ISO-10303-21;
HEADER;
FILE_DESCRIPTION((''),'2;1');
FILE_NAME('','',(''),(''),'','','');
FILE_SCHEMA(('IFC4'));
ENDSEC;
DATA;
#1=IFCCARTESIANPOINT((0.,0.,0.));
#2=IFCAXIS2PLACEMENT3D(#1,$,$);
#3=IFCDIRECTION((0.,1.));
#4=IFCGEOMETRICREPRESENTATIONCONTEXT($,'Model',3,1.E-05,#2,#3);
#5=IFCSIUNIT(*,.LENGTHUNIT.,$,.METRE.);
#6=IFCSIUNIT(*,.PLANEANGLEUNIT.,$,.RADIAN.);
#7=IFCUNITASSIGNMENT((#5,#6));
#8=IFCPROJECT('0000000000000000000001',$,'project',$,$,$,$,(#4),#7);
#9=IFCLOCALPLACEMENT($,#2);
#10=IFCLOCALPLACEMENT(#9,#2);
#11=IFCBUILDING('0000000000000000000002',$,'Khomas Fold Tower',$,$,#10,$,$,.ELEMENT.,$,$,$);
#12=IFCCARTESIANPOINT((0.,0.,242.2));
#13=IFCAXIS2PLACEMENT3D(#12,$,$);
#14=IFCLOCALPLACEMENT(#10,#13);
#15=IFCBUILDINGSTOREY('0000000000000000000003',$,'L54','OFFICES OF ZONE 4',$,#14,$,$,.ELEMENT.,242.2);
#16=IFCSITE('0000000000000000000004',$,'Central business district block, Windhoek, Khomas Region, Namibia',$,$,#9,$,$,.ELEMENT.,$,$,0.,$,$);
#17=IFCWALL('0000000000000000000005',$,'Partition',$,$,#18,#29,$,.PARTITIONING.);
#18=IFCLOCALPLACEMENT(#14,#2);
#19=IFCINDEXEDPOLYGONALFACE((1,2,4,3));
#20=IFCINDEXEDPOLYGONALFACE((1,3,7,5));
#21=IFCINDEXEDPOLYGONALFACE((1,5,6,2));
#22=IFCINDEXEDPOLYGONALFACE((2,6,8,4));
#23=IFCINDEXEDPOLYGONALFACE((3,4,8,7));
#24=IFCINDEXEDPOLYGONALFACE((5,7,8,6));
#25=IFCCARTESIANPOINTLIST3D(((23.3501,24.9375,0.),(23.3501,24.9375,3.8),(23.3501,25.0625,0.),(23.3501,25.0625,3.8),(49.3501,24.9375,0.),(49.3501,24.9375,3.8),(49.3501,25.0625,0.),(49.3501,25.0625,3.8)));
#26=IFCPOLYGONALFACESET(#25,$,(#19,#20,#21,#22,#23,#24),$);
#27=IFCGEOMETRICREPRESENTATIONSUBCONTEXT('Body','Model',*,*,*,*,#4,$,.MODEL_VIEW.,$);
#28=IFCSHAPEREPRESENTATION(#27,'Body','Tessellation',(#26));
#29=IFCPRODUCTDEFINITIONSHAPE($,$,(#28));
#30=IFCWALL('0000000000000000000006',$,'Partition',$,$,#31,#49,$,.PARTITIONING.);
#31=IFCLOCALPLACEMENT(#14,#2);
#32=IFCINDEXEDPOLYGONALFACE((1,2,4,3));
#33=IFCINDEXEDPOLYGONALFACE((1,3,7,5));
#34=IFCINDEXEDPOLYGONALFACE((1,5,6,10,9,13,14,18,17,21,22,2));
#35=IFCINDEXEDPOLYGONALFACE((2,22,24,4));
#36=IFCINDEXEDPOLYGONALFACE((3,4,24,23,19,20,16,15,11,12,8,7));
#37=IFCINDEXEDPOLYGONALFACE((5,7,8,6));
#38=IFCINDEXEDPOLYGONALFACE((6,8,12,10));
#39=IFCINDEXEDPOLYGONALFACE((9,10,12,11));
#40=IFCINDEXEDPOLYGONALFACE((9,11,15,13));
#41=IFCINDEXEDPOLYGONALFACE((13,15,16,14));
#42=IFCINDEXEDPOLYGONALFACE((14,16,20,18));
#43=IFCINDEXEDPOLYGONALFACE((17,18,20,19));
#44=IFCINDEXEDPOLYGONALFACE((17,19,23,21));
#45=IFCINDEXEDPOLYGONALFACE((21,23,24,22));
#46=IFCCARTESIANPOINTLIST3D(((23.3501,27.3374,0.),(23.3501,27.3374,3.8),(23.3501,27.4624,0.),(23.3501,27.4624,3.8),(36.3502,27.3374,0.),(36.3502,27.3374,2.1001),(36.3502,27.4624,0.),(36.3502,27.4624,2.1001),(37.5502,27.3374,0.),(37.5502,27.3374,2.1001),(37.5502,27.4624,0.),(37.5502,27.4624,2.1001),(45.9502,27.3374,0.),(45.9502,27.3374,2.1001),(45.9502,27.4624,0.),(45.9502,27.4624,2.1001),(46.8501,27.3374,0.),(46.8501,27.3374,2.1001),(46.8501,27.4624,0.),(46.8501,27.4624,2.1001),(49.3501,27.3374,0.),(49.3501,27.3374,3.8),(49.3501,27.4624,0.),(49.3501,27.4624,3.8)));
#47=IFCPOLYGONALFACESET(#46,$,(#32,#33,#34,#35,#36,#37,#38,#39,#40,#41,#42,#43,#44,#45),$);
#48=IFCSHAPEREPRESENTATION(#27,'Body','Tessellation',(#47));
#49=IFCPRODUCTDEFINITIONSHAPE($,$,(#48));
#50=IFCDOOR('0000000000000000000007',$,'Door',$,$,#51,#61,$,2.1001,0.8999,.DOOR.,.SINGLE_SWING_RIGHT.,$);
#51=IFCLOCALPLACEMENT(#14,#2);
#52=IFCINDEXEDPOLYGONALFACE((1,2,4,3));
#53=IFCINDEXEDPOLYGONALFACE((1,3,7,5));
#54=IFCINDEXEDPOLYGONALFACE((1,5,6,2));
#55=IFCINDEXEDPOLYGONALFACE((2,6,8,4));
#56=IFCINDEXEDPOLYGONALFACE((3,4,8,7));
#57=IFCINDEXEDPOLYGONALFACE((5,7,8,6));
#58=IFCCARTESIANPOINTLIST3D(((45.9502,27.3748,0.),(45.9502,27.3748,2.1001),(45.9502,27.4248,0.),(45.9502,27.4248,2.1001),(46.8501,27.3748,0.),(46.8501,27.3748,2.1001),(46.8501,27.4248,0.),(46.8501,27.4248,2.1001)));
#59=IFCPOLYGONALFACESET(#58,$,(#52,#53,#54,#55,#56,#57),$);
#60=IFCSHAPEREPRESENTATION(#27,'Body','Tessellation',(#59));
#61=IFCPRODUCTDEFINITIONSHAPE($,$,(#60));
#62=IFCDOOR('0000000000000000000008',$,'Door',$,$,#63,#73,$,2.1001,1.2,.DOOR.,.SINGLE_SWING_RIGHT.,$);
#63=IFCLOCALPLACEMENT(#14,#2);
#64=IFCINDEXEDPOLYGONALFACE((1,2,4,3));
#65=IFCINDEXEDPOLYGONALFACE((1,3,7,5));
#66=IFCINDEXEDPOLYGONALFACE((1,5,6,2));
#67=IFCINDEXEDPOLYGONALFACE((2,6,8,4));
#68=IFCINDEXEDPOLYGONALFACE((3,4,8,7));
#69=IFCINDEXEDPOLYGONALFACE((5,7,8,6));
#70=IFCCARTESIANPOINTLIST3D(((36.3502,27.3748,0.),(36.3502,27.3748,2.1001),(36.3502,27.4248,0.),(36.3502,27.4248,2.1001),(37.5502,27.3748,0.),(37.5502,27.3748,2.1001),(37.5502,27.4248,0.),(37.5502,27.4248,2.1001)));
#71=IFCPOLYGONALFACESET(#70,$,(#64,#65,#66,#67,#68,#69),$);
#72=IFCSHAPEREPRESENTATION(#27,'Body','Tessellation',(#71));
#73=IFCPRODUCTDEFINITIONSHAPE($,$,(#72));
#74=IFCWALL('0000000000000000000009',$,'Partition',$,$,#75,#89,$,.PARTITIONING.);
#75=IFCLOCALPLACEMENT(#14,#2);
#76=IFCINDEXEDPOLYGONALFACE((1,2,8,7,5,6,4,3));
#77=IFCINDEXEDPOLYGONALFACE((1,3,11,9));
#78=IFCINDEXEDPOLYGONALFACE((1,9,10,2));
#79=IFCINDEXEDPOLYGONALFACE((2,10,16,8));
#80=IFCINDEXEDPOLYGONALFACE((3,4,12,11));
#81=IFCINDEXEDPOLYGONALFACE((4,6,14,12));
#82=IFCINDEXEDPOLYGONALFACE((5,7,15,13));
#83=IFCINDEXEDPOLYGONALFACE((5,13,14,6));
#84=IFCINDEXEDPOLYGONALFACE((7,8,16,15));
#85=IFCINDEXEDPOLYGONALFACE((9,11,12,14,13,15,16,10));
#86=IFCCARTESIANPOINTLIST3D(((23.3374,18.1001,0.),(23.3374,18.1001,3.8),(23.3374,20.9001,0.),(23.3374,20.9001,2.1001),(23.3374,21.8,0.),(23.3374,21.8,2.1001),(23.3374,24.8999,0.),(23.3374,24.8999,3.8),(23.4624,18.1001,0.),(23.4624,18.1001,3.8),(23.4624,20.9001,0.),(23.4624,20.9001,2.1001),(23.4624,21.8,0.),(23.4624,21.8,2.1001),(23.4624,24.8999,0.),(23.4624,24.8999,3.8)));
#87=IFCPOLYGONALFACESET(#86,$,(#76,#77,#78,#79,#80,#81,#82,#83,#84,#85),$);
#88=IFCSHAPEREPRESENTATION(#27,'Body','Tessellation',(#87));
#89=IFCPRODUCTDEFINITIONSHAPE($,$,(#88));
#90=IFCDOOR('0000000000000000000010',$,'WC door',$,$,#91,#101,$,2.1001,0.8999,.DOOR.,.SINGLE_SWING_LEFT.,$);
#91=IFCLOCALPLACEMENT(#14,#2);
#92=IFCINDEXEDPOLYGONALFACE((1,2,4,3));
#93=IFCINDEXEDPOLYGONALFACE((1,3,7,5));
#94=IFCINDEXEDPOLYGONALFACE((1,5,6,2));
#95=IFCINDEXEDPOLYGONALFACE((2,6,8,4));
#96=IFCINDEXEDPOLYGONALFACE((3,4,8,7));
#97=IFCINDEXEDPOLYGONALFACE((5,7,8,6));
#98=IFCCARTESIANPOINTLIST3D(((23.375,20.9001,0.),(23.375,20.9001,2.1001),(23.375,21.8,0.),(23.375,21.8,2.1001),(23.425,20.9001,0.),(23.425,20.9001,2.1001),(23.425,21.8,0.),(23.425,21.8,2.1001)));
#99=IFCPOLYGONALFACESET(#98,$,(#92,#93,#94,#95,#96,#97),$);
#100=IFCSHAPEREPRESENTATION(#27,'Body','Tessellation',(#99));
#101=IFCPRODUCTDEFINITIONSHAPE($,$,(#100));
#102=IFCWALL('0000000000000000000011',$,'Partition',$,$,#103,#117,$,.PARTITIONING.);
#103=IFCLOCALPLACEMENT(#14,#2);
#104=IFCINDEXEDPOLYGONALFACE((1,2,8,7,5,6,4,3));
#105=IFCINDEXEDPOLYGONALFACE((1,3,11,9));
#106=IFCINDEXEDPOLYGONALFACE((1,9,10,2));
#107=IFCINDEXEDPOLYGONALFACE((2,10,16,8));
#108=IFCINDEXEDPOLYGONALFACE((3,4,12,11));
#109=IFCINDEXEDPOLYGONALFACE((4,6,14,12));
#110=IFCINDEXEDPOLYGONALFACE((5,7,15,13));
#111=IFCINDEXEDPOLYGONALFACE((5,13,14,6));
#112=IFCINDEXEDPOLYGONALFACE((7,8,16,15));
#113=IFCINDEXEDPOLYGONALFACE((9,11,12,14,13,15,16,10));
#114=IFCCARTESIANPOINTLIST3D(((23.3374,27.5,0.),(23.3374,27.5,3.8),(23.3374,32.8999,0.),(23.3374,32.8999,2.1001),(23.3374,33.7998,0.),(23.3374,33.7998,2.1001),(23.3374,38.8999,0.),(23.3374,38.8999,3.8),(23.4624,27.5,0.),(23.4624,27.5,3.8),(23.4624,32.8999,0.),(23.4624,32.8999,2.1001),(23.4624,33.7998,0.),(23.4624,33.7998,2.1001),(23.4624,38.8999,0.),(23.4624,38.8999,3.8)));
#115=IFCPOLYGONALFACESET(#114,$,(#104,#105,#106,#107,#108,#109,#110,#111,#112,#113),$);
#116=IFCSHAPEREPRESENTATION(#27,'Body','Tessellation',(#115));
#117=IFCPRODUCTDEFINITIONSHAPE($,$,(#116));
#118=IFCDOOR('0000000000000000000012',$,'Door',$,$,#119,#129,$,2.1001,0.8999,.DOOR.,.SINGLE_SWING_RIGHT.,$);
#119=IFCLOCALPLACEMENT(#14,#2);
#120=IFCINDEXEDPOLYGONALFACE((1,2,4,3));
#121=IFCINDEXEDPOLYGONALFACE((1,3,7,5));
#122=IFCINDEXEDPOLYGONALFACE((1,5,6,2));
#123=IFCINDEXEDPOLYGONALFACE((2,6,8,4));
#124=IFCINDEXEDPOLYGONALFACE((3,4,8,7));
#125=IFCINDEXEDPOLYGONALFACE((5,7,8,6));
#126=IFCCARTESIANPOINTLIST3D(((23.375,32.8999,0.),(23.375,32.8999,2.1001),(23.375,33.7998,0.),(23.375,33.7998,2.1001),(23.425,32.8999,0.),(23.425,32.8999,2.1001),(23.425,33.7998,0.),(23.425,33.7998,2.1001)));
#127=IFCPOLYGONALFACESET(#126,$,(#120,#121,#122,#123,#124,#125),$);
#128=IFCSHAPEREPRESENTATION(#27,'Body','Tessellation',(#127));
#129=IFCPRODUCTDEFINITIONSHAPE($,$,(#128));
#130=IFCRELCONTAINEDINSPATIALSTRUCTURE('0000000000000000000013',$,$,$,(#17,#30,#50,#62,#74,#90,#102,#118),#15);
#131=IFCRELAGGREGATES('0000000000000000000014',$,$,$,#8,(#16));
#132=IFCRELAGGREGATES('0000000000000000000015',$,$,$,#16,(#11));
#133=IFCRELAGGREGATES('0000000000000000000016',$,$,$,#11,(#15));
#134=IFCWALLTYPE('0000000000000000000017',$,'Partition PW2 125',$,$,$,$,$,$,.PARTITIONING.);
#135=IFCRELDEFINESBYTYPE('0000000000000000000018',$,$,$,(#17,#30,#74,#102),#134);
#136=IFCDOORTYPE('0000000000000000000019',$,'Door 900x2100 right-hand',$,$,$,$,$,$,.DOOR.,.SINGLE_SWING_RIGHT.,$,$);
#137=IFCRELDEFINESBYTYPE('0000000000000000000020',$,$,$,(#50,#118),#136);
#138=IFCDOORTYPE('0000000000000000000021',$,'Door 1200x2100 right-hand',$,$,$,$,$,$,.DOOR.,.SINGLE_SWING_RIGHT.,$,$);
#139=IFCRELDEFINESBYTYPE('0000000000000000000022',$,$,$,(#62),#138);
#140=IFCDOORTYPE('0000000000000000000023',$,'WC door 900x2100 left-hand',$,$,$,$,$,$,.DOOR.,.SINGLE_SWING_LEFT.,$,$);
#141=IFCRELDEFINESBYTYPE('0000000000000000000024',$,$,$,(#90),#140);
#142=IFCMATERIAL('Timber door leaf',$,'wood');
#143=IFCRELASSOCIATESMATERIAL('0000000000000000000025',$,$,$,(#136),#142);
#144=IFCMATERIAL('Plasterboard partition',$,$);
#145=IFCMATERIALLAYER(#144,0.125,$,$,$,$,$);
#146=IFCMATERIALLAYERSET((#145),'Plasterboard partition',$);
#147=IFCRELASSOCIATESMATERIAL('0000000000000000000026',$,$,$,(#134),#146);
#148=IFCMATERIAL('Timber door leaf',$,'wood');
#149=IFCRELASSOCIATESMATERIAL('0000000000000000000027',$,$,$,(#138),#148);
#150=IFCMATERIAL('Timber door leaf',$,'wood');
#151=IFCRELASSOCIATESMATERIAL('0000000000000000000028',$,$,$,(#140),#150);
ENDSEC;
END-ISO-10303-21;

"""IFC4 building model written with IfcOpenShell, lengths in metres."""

from ifc_helpers import new_model, si_unit, direction, frame, frame_2d, origin, place, context, subcontext, project, spatial, rectangle, extrude, source, transform, mapped, material, layer, layer_set, type_object, element, fill, save


model = new_model("IFC4")

# Units and contexts
model_context = context("Model", 3, precision=1e-05, world=origin(), true_north=direction((0.0, 1.0)))
body_context = subcontext(model_context, "Body", "Model", "MODEL_VIEW")
ifc_project = project(units=[si_unit("LENGTHUNIT", "METRE"), si_unit("PLANEANGLEUNIT", "RADIAN")], contexts=[model_context])

# Site, building, storey
site_placement = place(None, origin())
site = spatial("IfcSite", under=ifc_project, at=site_placement, Name="Central business district block, Windhoek, Khomas Region, Namibia", CompositionType="ELEMENT", RefElevation=0.0)
building_placement = place(site_placement, origin())
building = spatial("IfcBuilding", under=site, at=building_placement, Name="Khomas Fold Tower", CompositionType="ELEMENT")
storey_placement = place(building_placement, frame((0.0, 0.0, 242.2)))
storey = spatial("IfcBuildingStorey", under=building, at=storey_placement, Name="L54", Description="OFFICES OF ZONE 4", CompositionType="ELEMENT", Elevation=242.2)

# Shared definitions
ifc_material_1 = material(Name="Timber door leaf", Category="wood")
door_type_1 = type_object("IfcDoorType", Name="Door 900x2100 right-hand", OperationType="SINGLE_SWING_RIGHT", PredefinedType="DOOR", material=ifc_material_1)
ifc_material_2 = material(Name="Plasterboard partition")
ifc_layer_1 = layer(ifc_material_2, 0.125)
ifc_layer_set_1 = layer_set([ifc_layer_1], Name="Plasterboard partition")
wall_type_1 = type_object("IfcWallType", Name="Partition PW2 125", PredefinedType="PARTITIONING", material=ifc_layer_set_1)
shared_shape_1 = source(origin(), body_context, "Body", "SweptSolid", [
    extrude(rectangle(XDim=26.0, YDim=0.125, at=frame_2d((13.0, 0.0))), origin(), (0.0, 0.0, 1.0), 3.8),
])
shared_shape_2 = source(origin(), body_context, "Body", "SweptSolid", [
    extrude(rectangle(XDim=1.2, YDim=2.1001, at=frame_2d((0.6001, 1.05))), frame((0.0, 0.0725, 0.0), z_axis=(0.0, -1.0, 0.0), x_axis=(1.0, 0.0, 0.0)), (0.0, 0.0, 1.0), 0.145),
])
shared_shape_3 = source(origin(), body_context, "Body", "SweptSolid", [
    extrude(rectangle(XDim=0.8999, YDim=2.1001, at=frame_2d((0.45, 1.05))), frame((0.0, 0.0725, 0.0), z_axis=(0.0, -1.0, 0.0), x_axis=(1.0, 0.0, 0.0)), (0.0, 0.0, 1.0), 0.145),
])
shared_shape_4 = source(origin(), body_context, "Body", "SweptSolid", [
    extrude(rectangle(XDim=0.8999, YDim=2.1001, at=frame_2d((0.45, 1.05))), frame((0.0, 0.0249, 0.0), z_axis=(0.0, -1.0, 0.0), x_axis=(1.0, 0.0, 0.0)), (0.0, 0.0, 1.0), 0.05),
])
ifc_material_3 = material(Name="Timber door leaf", Category="wood")
door_type_2 = type_object("IfcDoorType", Name="Door 1200x2100 right-hand", OperationType="SINGLE_SWING_RIGHT", PredefinedType="DOOR", material=ifc_material_3)
shared_shape_5 = source(origin(), body_context, "Body", "SweptSolid", [
    extrude(rectangle(XDim=1.2, YDim=2.1001, at=frame_2d((0.6001, 1.05))), frame((0.0, 0.0249, 0.0), z_axis=(0.0, -1.0, 0.0), x_axis=(1.0, 0.0, 0.0)), (0.0, 0.0, 1.0), 0.05),
])

# Wall
wall_1_placement = place(storey_placement, frame((23.3501, 25.0, 0.0), z_axis=(0.0, 0.0, 1.0), x_axis=(1.0, 0.0, 0.0)))
element("IfcWall", 1, at=wall_1_placement, inside=storey, type_object=wall_type_1, Name="Partition", PredefinedType="PARTITIONING", context=body_context, shape_type="MappedRepresentation", body=[
    mapped(shared_shape_1, transform((0.0, 0.0, 0.0))),
])

# Wall, openings, doors
wall_2_placement = place(storey_placement, frame((23.3501, 27.3999, 0.0), z_axis=(0.0, 0.0, 1.0), x_axis=(1.0, 0.0, 0.0)))
wall_2 = element("IfcWall", 2, at=wall_2_placement, inside=storey, type_object=wall_type_1, Name="Partition", PredefinedType="PARTITIONING", context=body_context, shape_type="MappedRepresentation", body=[
    mapped(shared_shape_1, transform((0.0, 0.0, 0.0))),
])
opening_1_placement = place(wall_2_placement, frame((13.0, 0.0, 0.0)))
opening_1 = element("IfcOpeningElement", 3, at=opening_1_placement, cuts=wall_2, PredefinedType="OPENING", context=body_context, shape_type="MappedRepresentation", body=[
    mapped(shared_shape_2, transform((0.0, 0.0, 0.0))),
])
opening_2_placement = place(wall_2_placement, frame((22.6001, 0.0, 0.0)))
opening_2 = element("IfcOpeningElement", 4, at=opening_2_placement, cuts=wall_2, PredefinedType="OPENING", context=body_context, shape_type="MappedRepresentation", body=[
    mapped(shared_shape_3, transform((0.0, 0.0, 0.0))),
])
door_1_placement = place(opening_2_placement, origin())
door_1 = element("IfcDoor", 5, at=door_1_placement, inside=storey, type_object=door_type_1, Name="Door", OperationType="SINGLE_SWING_RIGHT", OverallHeight=2.1001, OverallWidth=0.8999, PredefinedType="DOOR", context=body_context, shape_type="MappedRepresentation", body=[
    mapped(shared_shape_4, transform((0.0, 0.0, 0.0))),
])
fill(opening_2, door_1)
door_2_placement = place(opening_1_placement, origin())
door_2 = element("IfcDoor", 6, at=door_2_placement, inside=storey, type_object=door_type_2, Name="Door", OperationType="SINGLE_SWING_RIGHT", OverallHeight=2.1001, OverallWidth=1.2, PredefinedType="DOOR", context=body_context, shape_type="MappedRepresentation", body=[
    mapped(shared_shape_5, transform((0.0, 0.0, 0.0))),
])
fill(opening_1, door_2)

# Walls, openings, doors
shared_shape_6 = source(origin(), body_context, "Body", "SweptSolid", [
    extrude(rectangle(XDim=6.7998, YDim=0.125, at=frame_2d((3.3999, 0.0))), origin(), (0.0, 0.0, 1.0), 3.8),
])
wall_3_placement = place(storey_placement, frame((23.3999, 18.1001, 0.0), z_axis=(0.0, 0.0, 1.0), x_axis=(0.0, 1.0, 0.0)))
wall_3 = element("IfcWall", 7, at=wall_3_placement, inside=storey, type_object=wall_type_1, Name="Partition", PredefinedType="PARTITIONING", context=body_context, shape_type="MappedRepresentation", body=[
    mapped(shared_shape_6, transform((0.0, 0.0, 0.0))),
])
opening_3_placement = place(wall_3_placement, frame((2.8, 0.0, 0.0)))
opening_3 = element("IfcOpeningElement", 8, at=opening_3_placement, cuts=wall_3, PredefinedType="OPENING", context=body_context, shape_type="MappedRepresentation", body=[
    mapped(shared_shape_3, transform((0.0, 0.0, 0.0))),
])
ifc_material_4 = material(Name="Timber door leaf", Category="wood")
door_type_3 = type_object("IfcDoorType", Name="WC door 900x2100 left-hand", OperationType="SINGLE_SWING_LEFT", PredefinedType="DOOR", material=ifc_material_4)
door_3_placement = place(opening_3_placement, origin())
door_3 = element("IfcDoor", 9, at=door_3_placement, inside=storey, type_object=door_type_3, Name="WC door", OperationType="SINGLE_SWING_LEFT", OverallHeight=2.1001, OverallWidth=0.8999, PredefinedType="DOOR", context=body_context, shape_type="MappedRepresentation", body=[
    mapped(shared_shape_4, transform((0.0, 0.0, 0.0))),
])
fill(opening_3, door_3)
shared_shape_7 = source(origin(), body_context, "Body", "SweptSolid", [
    extrude(rectangle(XDim=11.3999, YDim=0.125, at=frame_2d((5.7, 0.0))), origin(), (0.0, 0.0, 1.0), 3.8),
])
wall_4_placement = place(storey_placement, frame((23.3999, 27.5, 0.0), z_axis=(0.0, 0.0, 1.0), x_axis=(0.0, 1.0, 0.0)))
wall_4 = element("IfcWall", 10, at=wall_4_placement, inside=storey, type_object=wall_type_1, Name="Partition", PredefinedType="PARTITIONING", context=body_context, shape_type="MappedRepresentation", body=[
    mapped(shared_shape_7, transform((0.0, 0.0, 0.0))),
])
opening_4_placement = place(wall_4_placement, frame((5.3999, 0.0, 0.0)))
opening_4 = element("IfcOpeningElement", 11, at=opening_4_placement, cuts=wall_4, PredefinedType="OPENING", context=body_context, shape_type="MappedRepresentation", body=[
    mapped(shared_shape_3, transform((0.0, 0.0, 0.0))),
])
door_4_placement = place(opening_4_placement, origin())
door_4 = element("IfcDoor", 12, at=door_4_placement, inside=storey, type_object=door_type_1, Name="Door", OperationType="SINGLE_SWING_RIGHT", OverallHeight=2.1001, OverallWidth=0.8999, PredefinedType="DOOR", context=body_context, shape_type="MappedRepresentation", body=[
    mapped(shared_shape_4, transform((0.0, 0.0, 0.0))),
])
fill(opening_4, door_4)

save(model, "model.ifc")
